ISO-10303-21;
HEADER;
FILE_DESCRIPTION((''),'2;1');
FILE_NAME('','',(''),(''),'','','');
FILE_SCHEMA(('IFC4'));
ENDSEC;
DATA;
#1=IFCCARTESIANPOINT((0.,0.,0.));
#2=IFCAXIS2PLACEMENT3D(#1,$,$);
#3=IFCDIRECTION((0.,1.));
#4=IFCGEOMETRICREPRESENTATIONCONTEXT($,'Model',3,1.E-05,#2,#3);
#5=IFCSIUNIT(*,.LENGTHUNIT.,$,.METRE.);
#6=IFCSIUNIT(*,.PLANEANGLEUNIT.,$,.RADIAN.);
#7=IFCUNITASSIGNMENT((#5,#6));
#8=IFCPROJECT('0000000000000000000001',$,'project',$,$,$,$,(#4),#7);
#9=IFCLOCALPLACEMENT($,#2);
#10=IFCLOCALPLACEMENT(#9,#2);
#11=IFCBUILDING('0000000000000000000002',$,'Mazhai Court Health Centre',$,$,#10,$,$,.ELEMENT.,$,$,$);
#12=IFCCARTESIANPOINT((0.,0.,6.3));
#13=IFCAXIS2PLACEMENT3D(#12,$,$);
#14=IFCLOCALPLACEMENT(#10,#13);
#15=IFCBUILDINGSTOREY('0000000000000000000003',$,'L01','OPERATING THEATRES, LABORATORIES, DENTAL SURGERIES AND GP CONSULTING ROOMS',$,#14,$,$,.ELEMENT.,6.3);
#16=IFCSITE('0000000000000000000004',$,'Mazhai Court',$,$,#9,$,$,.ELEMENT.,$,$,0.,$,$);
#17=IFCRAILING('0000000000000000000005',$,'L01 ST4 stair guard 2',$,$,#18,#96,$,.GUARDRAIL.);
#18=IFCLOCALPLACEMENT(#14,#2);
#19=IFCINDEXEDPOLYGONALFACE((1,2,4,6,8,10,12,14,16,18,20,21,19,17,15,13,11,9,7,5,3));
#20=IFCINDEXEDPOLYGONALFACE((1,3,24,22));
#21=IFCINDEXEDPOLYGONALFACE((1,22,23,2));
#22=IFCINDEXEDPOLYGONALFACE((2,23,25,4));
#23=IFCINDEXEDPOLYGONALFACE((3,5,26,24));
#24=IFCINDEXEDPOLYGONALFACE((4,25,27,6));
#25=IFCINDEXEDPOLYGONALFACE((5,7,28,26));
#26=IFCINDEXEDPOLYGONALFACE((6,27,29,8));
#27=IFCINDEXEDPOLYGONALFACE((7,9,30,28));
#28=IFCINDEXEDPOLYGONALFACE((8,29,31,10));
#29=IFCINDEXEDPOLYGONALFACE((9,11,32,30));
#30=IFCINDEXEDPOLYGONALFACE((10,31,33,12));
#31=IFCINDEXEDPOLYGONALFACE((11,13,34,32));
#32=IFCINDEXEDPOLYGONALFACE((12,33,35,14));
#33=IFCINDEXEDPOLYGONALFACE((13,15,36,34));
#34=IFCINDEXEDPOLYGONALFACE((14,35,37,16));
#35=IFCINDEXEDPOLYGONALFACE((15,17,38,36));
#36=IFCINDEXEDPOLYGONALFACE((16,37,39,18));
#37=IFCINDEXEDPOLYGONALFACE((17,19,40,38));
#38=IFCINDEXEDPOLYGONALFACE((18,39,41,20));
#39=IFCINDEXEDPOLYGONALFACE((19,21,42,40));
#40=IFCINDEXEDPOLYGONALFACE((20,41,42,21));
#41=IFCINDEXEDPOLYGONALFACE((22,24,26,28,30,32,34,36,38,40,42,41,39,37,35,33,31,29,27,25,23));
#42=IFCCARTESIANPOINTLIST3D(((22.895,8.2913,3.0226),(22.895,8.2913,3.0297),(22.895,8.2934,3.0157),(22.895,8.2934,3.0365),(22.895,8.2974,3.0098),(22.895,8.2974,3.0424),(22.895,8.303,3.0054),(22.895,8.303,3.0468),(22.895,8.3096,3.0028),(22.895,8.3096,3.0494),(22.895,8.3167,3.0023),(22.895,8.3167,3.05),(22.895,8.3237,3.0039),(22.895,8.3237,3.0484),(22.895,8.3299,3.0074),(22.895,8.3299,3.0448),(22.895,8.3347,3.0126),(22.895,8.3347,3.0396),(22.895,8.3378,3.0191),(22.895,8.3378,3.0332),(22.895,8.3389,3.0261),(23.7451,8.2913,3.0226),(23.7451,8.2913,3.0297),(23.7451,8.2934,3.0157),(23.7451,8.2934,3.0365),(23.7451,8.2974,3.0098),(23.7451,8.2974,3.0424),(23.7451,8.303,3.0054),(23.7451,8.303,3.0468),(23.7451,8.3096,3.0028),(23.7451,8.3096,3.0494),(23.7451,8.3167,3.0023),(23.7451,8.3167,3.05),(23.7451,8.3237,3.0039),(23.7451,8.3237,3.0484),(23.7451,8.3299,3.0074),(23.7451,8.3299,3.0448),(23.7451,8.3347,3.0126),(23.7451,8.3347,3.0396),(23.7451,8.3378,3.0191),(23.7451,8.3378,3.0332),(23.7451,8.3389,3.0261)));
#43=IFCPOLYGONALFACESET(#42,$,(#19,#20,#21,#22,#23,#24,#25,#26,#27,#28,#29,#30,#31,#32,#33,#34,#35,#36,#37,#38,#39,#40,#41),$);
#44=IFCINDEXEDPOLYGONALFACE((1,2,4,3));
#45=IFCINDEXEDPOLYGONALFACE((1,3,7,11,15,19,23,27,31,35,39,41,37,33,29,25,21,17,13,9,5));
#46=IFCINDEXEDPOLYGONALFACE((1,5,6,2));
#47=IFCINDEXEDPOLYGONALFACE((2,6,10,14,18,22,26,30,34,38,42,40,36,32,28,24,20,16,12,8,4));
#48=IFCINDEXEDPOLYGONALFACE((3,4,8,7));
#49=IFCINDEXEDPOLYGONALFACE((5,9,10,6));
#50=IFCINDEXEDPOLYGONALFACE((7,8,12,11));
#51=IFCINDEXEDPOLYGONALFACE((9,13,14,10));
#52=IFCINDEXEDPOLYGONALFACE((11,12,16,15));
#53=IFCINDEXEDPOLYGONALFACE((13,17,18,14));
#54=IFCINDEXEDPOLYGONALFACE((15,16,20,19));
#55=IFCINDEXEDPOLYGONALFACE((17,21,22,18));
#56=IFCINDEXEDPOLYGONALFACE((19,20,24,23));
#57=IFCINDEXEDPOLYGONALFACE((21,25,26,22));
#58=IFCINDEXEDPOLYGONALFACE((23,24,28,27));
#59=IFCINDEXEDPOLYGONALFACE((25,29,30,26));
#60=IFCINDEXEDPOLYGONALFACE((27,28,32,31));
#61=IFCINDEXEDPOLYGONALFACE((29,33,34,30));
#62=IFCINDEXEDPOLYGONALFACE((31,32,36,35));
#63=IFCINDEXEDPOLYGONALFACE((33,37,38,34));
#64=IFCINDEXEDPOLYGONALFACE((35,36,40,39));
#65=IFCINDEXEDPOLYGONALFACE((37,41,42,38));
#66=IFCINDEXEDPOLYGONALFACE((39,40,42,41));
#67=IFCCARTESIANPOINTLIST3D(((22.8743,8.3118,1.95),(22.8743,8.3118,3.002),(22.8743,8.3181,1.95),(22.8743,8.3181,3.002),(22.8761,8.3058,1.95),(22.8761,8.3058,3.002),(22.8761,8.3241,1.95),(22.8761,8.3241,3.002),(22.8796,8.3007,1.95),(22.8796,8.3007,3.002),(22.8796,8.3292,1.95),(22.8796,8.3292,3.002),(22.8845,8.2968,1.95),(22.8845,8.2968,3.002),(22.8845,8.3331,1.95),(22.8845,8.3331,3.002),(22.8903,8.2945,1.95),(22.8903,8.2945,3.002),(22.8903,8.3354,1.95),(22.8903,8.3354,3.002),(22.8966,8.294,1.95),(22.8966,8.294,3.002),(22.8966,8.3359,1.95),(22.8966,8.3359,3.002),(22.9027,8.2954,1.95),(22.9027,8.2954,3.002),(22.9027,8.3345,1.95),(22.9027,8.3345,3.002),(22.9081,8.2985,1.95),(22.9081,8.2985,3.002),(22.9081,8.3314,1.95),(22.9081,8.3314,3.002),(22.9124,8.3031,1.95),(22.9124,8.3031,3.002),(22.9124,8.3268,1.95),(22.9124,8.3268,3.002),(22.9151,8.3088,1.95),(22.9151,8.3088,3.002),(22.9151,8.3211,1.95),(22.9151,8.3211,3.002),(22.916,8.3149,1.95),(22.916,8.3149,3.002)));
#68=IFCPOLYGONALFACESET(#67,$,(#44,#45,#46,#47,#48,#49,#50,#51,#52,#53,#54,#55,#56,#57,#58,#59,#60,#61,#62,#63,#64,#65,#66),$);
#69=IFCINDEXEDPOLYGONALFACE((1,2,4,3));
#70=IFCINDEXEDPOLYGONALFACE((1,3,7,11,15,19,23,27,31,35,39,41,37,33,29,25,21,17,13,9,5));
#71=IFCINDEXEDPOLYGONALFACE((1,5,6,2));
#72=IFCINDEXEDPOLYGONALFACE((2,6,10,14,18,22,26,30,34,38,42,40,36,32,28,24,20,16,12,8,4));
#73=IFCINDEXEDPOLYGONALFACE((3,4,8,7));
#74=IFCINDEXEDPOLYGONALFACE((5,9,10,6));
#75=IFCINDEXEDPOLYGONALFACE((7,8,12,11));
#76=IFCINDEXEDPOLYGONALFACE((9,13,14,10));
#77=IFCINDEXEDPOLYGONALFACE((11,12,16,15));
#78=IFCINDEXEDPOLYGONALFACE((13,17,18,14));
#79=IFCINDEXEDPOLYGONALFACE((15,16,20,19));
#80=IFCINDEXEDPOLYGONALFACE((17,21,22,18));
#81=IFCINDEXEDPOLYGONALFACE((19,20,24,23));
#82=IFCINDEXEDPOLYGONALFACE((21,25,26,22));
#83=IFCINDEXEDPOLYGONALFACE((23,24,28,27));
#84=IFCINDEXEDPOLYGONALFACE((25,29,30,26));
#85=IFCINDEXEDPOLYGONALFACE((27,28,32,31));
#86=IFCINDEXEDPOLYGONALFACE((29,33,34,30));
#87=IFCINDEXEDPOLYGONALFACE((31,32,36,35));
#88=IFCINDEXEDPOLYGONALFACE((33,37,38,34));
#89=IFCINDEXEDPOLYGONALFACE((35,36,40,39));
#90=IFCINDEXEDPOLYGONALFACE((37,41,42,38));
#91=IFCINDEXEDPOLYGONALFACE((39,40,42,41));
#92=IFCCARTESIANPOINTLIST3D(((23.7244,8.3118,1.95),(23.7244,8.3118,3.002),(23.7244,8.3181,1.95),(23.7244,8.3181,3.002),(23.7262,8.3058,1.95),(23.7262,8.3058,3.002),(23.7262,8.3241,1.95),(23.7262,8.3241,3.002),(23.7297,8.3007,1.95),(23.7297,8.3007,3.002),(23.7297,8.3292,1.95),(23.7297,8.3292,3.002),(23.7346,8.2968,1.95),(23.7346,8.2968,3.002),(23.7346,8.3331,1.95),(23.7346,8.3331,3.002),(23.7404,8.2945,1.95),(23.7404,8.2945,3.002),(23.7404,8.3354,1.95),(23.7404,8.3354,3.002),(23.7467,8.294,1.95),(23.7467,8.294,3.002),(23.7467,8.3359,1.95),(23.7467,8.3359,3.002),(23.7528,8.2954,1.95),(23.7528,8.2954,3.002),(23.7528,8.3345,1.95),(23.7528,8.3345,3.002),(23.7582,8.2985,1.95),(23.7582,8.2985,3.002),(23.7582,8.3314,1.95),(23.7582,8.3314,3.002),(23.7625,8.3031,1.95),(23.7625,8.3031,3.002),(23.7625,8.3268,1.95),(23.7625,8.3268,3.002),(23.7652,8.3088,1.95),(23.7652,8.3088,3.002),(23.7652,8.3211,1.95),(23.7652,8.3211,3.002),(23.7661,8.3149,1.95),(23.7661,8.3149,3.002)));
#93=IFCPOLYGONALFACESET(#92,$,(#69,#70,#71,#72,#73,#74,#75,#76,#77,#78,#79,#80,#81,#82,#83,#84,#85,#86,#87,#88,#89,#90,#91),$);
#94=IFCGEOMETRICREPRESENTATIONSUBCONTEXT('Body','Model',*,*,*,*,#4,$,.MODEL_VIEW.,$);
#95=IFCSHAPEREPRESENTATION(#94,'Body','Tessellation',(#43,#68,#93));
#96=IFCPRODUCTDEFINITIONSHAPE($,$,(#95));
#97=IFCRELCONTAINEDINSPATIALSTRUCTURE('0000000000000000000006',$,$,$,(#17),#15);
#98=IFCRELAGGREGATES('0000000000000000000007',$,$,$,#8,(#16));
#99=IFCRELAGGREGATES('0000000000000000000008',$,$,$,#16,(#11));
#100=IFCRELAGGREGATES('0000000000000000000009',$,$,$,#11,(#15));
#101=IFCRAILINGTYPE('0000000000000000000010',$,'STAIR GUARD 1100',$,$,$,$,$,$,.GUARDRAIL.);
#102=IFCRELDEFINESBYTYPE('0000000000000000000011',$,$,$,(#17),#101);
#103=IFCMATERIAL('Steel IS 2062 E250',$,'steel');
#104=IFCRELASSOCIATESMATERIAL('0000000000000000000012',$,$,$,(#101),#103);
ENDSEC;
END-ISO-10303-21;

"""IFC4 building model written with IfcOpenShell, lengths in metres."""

from ifc_helpers import new_model, si_unit, direction, frame, origin, origin_2d, place, context, subcontext, project, spatial, circle, extrude, material, type_object, element, save


model = new_model("IFC4")

# Units and contexts
model_context = context("Model", 3, precision=1e-05, world=origin(), true_north=direction((0.0, 1.0)))
body_context = subcontext(model_context, "Body", "Model", "MODEL_VIEW")
ifc_project = project(units=[si_unit("LENGTHUNIT", "METRE"), si_unit("PLANEANGLEUNIT", "RADIAN")], contexts=[model_context])

# Site, building, storey
site_placement = place(None, origin())
site = spatial("IfcSite", under=ifc_project, at=site_placement, Name="Mazhai Court", CompositionType="ELEMENT", RefElevation=0.0)
building_placement = place(site_placement, origin())
building = spatial("IfcBuilding", under=site, at=building_placement, Name="Mazhai Court Health Centre", CompositionType="ELEMENT")
storey_placement = place(building_placement, frame((0.0, 0.0, 6.3)))
storey = spatial("IfcBuildingStorey", under=building, at=storey_placement, Name="L01", Description="OPERATING THEATRES, LABORATORIES, DENTAL SURGERIES AND GP CONSULTING ROOMS", CompositionType="ELEMENT", Elevation=6.3)

# Railing
ifc_material_1 = material(Name="Steel IS 2062 E250", Category="steel")
railing_type = type_object("IfcRailingType", Name="STAIR GUARD 1100", PredefinedType="GUARDRAIL", material=ifc_material_1)
railing_1_placement = place(storey_placement, frame((22.895, 8.3149, 1.95)))
element("IfcRailing", 1, at=railing_1_placement, inside=storey, type_object=railing_type, Name="L01 ST4 stair guard 2", PredefinedType="GUARDRAIL", context=body_context, shape_type="SweptSolid", body=[
    extrude(circle(Radius=0.0239, at=origin_2d()), frame((0.0, 0.0, 1.0762), z_axis=(1.0, 0.0, 0.0), x_axis=(0.0, 1.0, 0.0)), (0.0, 0.0, 1.0), 0.8501),
    extrude(circle(Radius=0.021, at=origin_2d()), origin(), (0.0, 0.0, 1.0), 1.052),
    extrude(circle(Radius=0.021, at=origin_2d()), frame((0.8501, 0.0, 0.0)), (0.0, 0.0, 1.0), 1.052),
])

save(model, "model.ifc")
